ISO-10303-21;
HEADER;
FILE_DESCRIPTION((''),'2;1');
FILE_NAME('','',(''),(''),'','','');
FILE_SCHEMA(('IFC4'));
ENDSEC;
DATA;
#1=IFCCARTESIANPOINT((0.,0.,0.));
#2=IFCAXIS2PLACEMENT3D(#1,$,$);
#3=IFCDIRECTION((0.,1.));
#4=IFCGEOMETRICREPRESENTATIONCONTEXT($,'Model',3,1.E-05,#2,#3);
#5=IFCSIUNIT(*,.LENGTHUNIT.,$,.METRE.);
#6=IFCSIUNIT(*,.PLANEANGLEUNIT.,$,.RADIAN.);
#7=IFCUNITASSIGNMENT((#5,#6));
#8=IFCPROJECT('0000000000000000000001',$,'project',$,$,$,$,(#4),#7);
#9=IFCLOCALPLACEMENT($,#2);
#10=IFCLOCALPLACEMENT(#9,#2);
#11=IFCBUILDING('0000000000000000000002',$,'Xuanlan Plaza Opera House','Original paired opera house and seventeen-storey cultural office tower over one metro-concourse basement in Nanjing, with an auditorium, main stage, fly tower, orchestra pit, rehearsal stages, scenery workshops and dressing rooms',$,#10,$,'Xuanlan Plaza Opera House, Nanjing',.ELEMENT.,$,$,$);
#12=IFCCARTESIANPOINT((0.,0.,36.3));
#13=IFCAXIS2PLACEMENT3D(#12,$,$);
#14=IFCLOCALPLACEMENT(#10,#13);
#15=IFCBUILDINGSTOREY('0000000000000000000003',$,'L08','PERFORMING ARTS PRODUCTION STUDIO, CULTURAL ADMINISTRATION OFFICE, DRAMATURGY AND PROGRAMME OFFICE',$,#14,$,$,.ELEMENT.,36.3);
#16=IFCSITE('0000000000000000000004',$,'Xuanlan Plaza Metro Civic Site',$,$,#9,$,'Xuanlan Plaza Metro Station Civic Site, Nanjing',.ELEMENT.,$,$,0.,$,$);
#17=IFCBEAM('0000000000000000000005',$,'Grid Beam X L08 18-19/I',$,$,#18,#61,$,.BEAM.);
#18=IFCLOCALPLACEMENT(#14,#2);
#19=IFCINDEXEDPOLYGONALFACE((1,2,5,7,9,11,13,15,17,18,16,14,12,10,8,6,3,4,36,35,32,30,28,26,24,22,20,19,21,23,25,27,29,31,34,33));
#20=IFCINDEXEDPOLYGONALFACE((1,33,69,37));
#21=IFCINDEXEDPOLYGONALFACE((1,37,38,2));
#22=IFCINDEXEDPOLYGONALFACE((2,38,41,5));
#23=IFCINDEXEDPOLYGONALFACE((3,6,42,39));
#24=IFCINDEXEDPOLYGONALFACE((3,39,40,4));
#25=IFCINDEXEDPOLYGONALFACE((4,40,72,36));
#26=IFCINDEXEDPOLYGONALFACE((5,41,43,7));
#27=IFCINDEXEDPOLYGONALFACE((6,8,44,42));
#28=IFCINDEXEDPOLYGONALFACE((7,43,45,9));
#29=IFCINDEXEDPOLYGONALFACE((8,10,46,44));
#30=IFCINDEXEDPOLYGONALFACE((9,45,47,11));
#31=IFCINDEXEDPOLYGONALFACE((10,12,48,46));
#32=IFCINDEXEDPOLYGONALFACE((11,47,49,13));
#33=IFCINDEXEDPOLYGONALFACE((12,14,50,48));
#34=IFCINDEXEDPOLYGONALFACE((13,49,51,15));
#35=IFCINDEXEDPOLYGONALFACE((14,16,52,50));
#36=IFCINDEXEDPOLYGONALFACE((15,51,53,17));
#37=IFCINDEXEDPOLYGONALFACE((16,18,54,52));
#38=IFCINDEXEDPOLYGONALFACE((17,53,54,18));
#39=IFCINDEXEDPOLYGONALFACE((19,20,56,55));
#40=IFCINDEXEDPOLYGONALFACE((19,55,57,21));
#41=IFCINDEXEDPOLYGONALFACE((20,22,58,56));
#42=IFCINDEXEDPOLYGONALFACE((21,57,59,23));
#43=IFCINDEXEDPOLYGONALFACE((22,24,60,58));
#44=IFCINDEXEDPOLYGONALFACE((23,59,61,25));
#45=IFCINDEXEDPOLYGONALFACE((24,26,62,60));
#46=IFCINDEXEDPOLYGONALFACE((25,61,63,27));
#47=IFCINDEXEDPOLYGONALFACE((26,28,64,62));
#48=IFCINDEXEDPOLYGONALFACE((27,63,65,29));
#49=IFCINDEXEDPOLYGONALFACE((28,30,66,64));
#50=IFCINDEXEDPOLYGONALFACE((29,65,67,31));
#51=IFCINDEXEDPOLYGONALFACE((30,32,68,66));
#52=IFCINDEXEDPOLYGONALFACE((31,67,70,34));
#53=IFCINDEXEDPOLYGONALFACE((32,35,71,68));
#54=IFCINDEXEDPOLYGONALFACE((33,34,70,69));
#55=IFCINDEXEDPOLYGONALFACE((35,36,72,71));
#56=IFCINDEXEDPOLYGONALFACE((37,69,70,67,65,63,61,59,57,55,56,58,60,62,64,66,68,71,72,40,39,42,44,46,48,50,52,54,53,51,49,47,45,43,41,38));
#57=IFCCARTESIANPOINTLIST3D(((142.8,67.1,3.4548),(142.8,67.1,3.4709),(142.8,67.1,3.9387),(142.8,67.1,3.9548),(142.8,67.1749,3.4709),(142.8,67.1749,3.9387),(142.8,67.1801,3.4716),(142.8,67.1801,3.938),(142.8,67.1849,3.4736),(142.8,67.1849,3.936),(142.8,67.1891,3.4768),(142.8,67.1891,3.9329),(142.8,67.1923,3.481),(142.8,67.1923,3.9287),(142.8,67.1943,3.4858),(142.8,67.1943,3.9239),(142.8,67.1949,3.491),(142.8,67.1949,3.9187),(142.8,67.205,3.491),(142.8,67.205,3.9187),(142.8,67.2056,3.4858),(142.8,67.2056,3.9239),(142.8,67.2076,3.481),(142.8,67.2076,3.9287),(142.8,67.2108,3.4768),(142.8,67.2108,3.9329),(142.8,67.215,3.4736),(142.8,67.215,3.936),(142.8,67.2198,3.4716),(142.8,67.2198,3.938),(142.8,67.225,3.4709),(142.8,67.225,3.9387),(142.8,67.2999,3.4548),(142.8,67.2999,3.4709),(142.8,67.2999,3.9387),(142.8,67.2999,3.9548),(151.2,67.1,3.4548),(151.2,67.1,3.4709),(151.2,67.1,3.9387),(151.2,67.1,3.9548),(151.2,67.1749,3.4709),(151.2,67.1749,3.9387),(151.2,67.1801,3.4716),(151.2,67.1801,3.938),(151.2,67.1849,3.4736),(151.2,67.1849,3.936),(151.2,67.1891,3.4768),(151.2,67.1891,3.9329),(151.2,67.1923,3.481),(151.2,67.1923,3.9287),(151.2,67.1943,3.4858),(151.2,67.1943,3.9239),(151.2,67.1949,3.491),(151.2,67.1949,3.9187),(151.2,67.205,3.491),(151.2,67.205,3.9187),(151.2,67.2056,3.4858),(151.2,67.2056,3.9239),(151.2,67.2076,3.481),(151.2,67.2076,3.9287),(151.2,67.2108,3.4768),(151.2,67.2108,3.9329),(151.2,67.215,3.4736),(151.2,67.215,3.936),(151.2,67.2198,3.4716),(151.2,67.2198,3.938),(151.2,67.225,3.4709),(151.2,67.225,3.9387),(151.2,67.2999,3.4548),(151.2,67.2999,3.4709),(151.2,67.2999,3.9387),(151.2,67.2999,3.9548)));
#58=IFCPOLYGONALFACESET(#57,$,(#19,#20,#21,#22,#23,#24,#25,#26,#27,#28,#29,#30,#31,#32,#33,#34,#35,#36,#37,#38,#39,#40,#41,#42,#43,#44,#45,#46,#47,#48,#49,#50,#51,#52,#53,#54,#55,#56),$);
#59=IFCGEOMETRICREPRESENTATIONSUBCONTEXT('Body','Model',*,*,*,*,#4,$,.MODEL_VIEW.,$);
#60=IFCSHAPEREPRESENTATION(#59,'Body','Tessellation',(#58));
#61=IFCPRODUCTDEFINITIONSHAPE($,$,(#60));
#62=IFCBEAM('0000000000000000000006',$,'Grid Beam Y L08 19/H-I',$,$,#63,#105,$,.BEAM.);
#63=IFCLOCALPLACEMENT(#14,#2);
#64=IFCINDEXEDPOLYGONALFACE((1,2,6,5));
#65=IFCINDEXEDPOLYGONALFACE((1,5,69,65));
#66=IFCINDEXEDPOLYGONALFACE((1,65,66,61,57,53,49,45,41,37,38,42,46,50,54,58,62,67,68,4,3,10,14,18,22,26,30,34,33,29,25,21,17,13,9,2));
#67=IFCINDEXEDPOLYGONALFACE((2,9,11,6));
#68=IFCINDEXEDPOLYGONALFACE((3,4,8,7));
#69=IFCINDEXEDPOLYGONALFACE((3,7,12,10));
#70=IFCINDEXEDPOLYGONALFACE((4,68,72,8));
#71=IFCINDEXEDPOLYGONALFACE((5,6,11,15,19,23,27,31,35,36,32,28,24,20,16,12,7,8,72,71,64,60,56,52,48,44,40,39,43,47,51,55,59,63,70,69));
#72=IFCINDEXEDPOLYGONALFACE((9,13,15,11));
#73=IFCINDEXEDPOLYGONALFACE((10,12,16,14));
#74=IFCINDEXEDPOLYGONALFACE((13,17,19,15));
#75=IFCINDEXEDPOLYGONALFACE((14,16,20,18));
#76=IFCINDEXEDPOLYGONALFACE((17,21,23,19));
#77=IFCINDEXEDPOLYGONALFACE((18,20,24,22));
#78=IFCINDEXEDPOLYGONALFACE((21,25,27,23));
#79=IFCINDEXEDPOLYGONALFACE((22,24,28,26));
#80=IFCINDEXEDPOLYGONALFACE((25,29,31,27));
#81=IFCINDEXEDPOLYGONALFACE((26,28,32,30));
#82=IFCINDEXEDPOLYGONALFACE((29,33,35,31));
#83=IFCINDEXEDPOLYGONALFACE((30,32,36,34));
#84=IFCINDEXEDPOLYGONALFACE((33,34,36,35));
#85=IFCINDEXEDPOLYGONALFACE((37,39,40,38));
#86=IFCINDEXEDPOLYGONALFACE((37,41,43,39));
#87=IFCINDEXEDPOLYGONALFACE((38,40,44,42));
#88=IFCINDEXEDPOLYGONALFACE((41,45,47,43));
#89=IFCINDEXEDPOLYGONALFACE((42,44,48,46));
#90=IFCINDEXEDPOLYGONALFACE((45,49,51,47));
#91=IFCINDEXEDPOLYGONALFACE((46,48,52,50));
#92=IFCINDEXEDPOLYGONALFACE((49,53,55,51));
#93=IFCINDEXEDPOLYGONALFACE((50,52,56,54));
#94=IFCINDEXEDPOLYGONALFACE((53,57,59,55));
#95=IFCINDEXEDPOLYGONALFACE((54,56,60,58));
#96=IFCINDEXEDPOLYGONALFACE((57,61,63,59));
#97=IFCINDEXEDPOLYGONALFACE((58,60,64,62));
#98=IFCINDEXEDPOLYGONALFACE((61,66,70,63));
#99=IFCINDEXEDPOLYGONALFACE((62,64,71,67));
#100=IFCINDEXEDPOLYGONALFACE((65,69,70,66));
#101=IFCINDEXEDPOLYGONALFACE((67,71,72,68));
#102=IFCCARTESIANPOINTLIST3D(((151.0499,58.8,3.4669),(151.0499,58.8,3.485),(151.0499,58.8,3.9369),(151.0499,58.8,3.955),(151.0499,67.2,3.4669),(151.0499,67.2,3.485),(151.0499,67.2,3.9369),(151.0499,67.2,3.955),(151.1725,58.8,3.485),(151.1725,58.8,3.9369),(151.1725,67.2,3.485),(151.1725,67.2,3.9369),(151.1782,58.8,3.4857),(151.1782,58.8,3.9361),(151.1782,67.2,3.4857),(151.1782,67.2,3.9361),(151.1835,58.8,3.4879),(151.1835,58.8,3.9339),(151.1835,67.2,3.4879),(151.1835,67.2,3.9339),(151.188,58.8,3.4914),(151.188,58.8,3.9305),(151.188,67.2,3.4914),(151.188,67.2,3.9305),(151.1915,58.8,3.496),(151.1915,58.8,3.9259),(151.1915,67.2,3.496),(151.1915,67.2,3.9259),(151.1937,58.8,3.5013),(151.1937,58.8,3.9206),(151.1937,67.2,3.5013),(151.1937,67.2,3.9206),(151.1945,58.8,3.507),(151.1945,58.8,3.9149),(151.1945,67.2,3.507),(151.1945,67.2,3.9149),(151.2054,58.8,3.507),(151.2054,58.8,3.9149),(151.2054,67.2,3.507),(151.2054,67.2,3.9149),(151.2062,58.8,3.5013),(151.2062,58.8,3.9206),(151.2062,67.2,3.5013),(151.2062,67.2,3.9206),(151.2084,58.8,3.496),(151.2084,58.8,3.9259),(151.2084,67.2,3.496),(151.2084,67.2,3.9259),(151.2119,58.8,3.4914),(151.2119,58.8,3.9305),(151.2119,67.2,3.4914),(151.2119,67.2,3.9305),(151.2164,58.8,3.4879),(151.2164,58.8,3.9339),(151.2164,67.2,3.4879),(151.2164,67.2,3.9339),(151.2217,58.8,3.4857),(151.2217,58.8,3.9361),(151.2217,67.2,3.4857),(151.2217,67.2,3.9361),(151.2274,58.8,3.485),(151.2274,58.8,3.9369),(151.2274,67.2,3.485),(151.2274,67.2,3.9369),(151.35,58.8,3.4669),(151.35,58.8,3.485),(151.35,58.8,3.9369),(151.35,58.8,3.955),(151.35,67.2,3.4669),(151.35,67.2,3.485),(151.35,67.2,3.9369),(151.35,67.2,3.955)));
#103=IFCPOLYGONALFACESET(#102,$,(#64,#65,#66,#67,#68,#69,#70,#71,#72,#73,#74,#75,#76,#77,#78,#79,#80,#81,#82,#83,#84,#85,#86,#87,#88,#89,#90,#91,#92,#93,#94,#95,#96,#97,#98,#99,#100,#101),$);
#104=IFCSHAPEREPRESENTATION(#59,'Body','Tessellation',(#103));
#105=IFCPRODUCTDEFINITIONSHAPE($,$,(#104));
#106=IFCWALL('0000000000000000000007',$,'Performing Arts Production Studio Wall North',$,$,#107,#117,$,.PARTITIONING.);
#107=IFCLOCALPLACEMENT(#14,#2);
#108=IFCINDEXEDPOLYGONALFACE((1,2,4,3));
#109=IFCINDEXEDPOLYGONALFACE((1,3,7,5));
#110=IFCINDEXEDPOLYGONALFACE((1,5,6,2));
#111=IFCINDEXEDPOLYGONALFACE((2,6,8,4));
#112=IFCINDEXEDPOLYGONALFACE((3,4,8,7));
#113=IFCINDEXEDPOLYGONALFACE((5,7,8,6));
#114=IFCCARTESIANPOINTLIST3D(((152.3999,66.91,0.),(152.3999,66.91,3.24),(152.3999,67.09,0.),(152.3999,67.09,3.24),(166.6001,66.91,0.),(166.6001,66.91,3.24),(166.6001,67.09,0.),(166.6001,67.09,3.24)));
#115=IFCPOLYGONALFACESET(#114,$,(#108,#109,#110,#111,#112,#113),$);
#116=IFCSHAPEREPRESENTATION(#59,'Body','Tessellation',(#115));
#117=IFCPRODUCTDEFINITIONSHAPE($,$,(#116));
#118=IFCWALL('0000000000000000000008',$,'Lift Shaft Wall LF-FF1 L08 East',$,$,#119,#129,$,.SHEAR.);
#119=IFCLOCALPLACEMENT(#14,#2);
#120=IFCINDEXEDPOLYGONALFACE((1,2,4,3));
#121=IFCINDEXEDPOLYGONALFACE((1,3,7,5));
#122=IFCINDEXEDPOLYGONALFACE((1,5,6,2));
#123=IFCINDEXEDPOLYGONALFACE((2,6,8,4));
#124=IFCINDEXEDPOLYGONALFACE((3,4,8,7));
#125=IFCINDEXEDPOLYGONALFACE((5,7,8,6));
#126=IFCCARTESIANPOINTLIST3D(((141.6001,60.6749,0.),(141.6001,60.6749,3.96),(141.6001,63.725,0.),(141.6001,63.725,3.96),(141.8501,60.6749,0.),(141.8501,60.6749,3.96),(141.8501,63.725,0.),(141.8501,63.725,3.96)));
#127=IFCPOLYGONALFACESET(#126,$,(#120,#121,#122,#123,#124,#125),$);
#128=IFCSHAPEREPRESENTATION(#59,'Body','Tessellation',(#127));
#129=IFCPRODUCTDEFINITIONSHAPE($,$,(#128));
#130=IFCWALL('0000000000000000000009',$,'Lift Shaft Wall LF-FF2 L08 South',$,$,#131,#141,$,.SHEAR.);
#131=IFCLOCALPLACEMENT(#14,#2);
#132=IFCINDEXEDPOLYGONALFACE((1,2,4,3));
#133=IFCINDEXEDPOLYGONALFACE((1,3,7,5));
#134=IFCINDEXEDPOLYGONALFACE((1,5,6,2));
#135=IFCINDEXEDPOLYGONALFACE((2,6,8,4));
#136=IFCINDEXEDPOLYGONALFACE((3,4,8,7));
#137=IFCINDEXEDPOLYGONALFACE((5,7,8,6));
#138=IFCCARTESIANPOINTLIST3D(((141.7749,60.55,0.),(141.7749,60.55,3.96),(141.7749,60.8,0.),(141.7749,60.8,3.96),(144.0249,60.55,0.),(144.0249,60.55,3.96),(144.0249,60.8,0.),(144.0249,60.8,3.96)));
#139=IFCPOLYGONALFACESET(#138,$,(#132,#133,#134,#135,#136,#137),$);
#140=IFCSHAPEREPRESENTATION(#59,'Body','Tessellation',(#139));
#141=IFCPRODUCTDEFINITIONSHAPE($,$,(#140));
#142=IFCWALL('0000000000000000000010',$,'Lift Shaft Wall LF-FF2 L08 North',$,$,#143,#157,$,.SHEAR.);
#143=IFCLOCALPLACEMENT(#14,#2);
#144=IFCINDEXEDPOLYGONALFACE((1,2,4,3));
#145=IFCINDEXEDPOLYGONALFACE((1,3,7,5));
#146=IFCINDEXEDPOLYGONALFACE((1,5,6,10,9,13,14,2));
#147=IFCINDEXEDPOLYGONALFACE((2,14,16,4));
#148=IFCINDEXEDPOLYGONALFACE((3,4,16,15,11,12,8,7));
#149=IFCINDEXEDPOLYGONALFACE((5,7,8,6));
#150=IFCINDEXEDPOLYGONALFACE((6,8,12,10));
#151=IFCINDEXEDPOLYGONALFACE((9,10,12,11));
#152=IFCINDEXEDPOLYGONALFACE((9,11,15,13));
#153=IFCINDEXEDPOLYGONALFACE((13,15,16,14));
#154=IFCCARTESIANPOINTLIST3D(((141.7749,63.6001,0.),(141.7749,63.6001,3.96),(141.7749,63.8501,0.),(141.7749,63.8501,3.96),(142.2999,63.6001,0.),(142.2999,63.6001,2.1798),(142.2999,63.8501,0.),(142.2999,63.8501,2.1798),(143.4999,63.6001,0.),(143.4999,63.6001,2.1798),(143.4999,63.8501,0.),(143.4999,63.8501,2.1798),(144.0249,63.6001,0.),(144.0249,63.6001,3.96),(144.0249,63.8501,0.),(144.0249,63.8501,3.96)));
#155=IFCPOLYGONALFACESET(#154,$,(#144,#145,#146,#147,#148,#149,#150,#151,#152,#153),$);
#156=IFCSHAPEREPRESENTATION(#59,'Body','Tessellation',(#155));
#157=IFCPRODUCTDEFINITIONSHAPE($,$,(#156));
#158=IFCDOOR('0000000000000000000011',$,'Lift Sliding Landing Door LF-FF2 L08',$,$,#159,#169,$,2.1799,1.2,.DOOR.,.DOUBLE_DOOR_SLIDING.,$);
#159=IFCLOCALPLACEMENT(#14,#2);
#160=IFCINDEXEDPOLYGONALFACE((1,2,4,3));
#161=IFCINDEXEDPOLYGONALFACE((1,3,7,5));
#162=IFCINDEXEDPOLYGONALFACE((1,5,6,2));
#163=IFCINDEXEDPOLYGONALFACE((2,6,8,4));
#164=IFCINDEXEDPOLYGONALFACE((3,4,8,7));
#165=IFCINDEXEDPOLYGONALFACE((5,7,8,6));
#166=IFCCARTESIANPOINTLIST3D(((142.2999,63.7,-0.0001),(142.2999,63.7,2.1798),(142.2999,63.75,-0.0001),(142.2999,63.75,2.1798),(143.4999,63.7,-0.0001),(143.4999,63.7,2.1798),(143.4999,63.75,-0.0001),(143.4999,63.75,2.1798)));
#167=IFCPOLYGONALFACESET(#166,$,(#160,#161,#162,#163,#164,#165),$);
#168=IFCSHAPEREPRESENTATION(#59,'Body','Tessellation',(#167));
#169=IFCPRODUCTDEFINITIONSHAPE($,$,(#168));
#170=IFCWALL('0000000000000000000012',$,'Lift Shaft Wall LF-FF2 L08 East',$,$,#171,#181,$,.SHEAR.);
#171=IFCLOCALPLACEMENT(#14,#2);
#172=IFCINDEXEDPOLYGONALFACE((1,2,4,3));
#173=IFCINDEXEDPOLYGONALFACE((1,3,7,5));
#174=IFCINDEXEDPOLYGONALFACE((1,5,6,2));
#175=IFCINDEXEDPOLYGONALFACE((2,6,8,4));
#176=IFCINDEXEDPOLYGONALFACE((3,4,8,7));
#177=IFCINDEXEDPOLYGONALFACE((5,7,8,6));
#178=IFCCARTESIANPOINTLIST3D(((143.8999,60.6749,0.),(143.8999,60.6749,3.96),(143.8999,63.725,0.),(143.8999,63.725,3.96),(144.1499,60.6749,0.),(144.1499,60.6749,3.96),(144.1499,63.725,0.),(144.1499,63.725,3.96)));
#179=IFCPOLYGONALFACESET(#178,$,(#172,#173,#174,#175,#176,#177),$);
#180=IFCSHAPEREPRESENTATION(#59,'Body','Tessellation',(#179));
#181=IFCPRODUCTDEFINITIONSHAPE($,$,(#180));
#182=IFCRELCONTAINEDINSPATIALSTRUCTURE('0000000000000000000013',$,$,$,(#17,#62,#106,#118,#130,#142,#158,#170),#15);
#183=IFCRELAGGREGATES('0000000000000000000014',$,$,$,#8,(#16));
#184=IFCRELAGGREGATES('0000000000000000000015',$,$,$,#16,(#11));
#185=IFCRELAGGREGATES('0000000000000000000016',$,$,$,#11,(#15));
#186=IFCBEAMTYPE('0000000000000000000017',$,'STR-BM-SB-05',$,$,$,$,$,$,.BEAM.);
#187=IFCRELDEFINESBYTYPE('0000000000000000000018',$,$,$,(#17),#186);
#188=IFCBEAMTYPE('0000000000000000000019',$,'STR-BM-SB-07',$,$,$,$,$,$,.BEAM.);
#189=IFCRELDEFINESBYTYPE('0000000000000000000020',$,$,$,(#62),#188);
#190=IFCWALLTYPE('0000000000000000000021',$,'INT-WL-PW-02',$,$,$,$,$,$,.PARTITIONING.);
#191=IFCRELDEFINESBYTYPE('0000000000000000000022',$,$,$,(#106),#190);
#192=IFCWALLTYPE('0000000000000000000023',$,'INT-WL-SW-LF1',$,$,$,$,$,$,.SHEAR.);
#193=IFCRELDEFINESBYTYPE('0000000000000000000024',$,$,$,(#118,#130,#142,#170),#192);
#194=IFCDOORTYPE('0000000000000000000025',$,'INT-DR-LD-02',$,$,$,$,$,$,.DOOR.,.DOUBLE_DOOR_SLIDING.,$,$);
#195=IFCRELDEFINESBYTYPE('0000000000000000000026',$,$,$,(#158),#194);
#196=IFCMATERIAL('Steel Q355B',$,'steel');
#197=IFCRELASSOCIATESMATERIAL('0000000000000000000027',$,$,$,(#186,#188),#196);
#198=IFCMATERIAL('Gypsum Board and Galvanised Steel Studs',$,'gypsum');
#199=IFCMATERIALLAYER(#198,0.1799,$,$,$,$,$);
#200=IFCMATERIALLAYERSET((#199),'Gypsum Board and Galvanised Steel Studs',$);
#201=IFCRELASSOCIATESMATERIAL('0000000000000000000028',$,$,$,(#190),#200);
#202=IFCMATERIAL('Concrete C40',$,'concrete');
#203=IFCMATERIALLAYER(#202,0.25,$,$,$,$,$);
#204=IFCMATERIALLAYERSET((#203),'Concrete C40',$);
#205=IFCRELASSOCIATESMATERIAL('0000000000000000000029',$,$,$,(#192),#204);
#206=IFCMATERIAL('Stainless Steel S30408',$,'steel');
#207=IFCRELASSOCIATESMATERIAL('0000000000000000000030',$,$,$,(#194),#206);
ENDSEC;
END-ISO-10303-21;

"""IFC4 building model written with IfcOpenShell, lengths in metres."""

from ifc_helpers import new_model, si_unit, direction, frame, frame_2d, origin, origin_2d, place, context, subcontext, project, spatial, rectangle, i_section, extrude, material, layer, layer_set, material_profile, profile_set, type_object, element, fill, save


model = new_model("IFC4")

# Units and contexts
model_context = context("Model", 3, precision=1e-05, world=origin(), true_north=direction((0.0, 1.0)))
body_context = subcontext(model_context, "Body", "Model", "MODEL_VIEW")
ifc_project = project(units=[si_unit("LENGTHUNIT", "METRE"), si_unit("PLANEANGLEUNIT", "RADIAN")], contexts=[model_context])

# Site, building, storey
site_placement = place(None, origin())
site = spatial("IfcSite", under=ifc_project, at=site_placement, Name="Xuanlan Plaza Metro Civic Site", LongName="Xuanlan Plaza Metro Station Civic Site, Nanjing", CompositionType="ELEMENT", RefElevation=0.0)
building_placement = place(site_placement, origin())
building = spatial("IfcBuilding", under=site, at=building_placement, Name="Xuanlan Plaza Opera House", Description="Original paired opera house and seventeen-storey cultural office tower over one metro-concourse basement in Nanjing, with an auditorium, main stage, fly tower, orchestra pit, rehearsal stages, scenery workshops and dressing rooms", LongName="Xuanlan Plaza Opera House, Nanjing", CompositionType="ELEMENT")
storey_placement = place(building_placement, frame((0.0, 0.0, 36.3)))
storey = spatial("IfcBuildingStorey", under=building, at=storey_placement, Name="L08", Description="PERFORMING ARTS PRODUCTION STUDIO, CULTURAL ADMINISTRATION OFFICE, DRAMATURGY AND PROGRAMME OFFICE", CompositionType="ELEMENT", Elevation=36.3)

# Shared definitions
ifc_material_1 = material(Name="Steel Q355B", Category="steel")

# Beams
ifc_material_2 = material(Name="Concrete C40", Category="concrete")
ifc_material_profile_1 = material_profile(ifc_material_1, i_section(OverallWidth=0.2, OverallDepth=0.5, WebThickness=0.01, FlangeThickness=0.0161, FilletRadius=0.02, at=origin_2d()), Name="HN 500x200x10x16")
ifc_profile_set_1 = profile_set([ifc_material_profile_1], Name="Steel Q355B")
beam_type_1 = type_object("IfcBeamType", Name="STR-BM-SB-05", PredefinedType="BEAM", material=ifc_profile_set_1)
beam_1_placement = place(storey_placement, frame((142.8, 67.2, 3.7048), z_axis=(1.0, 0.0, 0.0), x_axis=(0.0, 1.0, 0.0)))
element("IfcBeam", 1, at=beam_1_placement, inside=storey, type_object=beam_type_1, Name="Grid Beam X L08 18-19/I", PredefinedType="BEAM", context=body_context, shape_type="SweptSolid", body=[
    extrude(i_section(OverallWidth=0.2, OverallDepth=0.5, WebThickness=0.01, FlangeThickness=0.0161, FilletRadius=0.02, at=origin_2d()), origin(), (0.0, 0.0, 1.0), 8.3999),
])
ifc_material_profile_2 = material_profile(ifc_material_1, i_section(OverallWidth=0.3, OverallDepth=0.488, WebThickness=0.011, FlangeThickness=0.0181, FilletRadius=0.022, at=origin_2d()), Name="HM 488x300x11x18")
ifc_profile_set_2 = profile_set([ifc_material_profile_2], Name="Steel Q355B")
beam_type_2 = type_object("IfcBeamType", Name="STR-BM-SB-07", PredefinedType="BEAM", material=ifc_profile_set_2)
beam_2_placement = place(storey_placement, frame((151.2, 58.8, 3.7109), z_axis=(0.0, 1.0, 0.0), x_axis=(-1.0, 0.0, 0.0)))
element("IfcBeam", 2, at=beam_2_placement, inside=storey, type_object=beam_type_2, Name="Grid Beam Y L08 19/H-I", PredefinedType="BEAM", context=body_context, shape_type="SweptSolid", body=[
    extrude(i_section(OverallWidth=0.3, OverallDepth=0.488, WebThickness=0.011, FlangeThickness=0.0181, FilletRadius=0.022, at=origin_2d()), origin(), (0.0, 0.0, 1.0), 8.3999),
])

# Walls
ifc_material_3 = material(Name="Gypsum Board and Galvanised Steel Studs", Category="gypsum")
ifc_layer_1 = layer(ifc_material_3, 0.1799)
ifc_layer_set_1 = layer_set([ifc_layer_1], Name="Gypsum Board and Galvanised Steel Studs")
wall_type_1 = type_object("IfcWallType", Name="INT-WL-PW-02", PredefinedType="PARTITIONING", material=ifc_layer_set_1)
wall_1_placement = place(storey_placement, frame((152.3999, 67.0, 0.0), z_axis=(0.0, 0.0, 1.0), x_axis=(1.0, 0.0, 0.0)))
element("IfcWall", 3, at=wall_1_placement, inside=storey, type_object=wall_type_1, Name="Performing Arts Production Studio Wall North", PredefinedType="PARTITIONING", context=body_context, shape_type="SweptSolid", body=[
    extrude(rectangle(XDim=14.2002, YDim=0.1799, at=frame_2d((7.1001, 0.0))), origin(), (0.0, 0.0, 1.0), 3.24),
])
ifc_layer_2 = layer(ifc_material_2, 0.25)
ifc_layer_set_2 = layer_set([ifc_layer_2], Name="Concrete C40")
wall_type_2 = type_object("IfcWallType", Name="INT-WL-SW-LF1", PredefinedType="SHEAR", material=ifc_layer_set_2)
wall_2_placement = place(storey_placement, frame((141.7251, 60.675, 0.0), z_axis=(0.0, 0.0, 1.0), x_axis=(0.0, 1.0, 0.0)))
element("IfcWall", 4, at=wall_2_placement, inside=storey, type_object=wall_type_2, Name="Lift Shaft Wall LF-FF1 L08 East", PredefinedType="SHEAR", context=body_context, shape_type="SweptSolid", body=[
    extrude(rectangle(XDim=3.05, YDim=0.25, at=frame_2d((1.5249, 0.0))), origin(), (0.0, 0.0, 1.0), 3.96),
])
wall_3_placement = place(storey_placement, frame((141.7749, 60.675, 0.0), z_axis=(0.0, 0.0, 1.0), x_axis=(1.0, 0.0, 0.0)))
element("IfcWall", 5, at=wall_3_placement, inside=storey, type_object=wall_type_2, Name="Lift Shaft Wall LF-FF2 L08 South", PredefinedType="SHEAR", context=body_context, shape_type="SweptSolid", body=[
    extrude(rectangle(XDim=2.25, YDim=0.25, at=frame_2d((1.125, 0.0))), origin(), (0.0, 0.0, 1.0), 3.96),
])

# Wall, opening, door
wall_4_placement = place(storey_placement, frame((141.7749, 63.7251, 0.0), z_axis=(0.0, 0.0, 1.0), x_axis=(1.0, 0.0, 0.0)))
wall_4 = element("IfcWall", 6, at=wall_4_placement, inside=storey, type_object=wall_type_2, Name="Lift Shaft Wall LF-FF2 L08 North", PredefinedType="SHEAR", context=body_context, shape_type="SweptSolid", body=[
    extrude(rectangle(XDim=2.25, YDim=0.25, at=frame_2d((1.125, 0.0))), origin(), (0.0, 0.0, 1.0), 3.96),
])
opening_1_placement = place(wall_4_placement, frame((0.5249, 0.0, 0.0)))
opening_1 = element("IfcOpeningElement", 7, at=opening_1_placement, cuts=wall_4, PredefinedType="OPENING", context=body_context, shape_type="SweptSolid", body=[
    extrude(rectangle(XDim=1.2, YDim=2.1799, at=frame_2d((0.6001, 1.0898))), frame((0.0, 0.135, 0.0), z_axis=(0.0, -1.0, 0.0), x_axis=(1.0, 0.0, 0.0)), (0.0, 0.0, 1.0), 0.27),
])
ifc_material_4 = material(Name="Stainless Steel S30408", Category="steel")
door_type = type_object("IfcDoorType", Name="INT-DR-LD-02", OperationType="DOUBLE_DOOR_SLIDING", PredefinedType="DOOR", material=ifc_material_4)
door_1_placement = place(opening_1_placement, origin())
door_1 = element("IfcDoor", 8, at=door_1_placement, inside=storey, type_object=door_type, Name="Lift Sliding Landing Door LF-FF2 L08", OperationType="DOUBLE_DOOR_SLIDING", OverallHeight=2.1799, OverallWidth=1.2, PredefinedType="DOOR", context=body_context, shape_type="SweptSolid", body=[
    extrude(rectangle(XDim=1.2, YDim=2.1799, at=frame_2d((0.6001, 1.0898))), frame((0.0, 0.0249, 0.0), z_axis=(0.0, -1.0, 0.0), x_axis=(1.0, 0.0, 0.0)), (0.0, 0.0, 1.0), 0.05),
])
fill(opening_1, door_1)

# Wall
wall_5_placement = place(storey_placement, frame((144.0249, 60.675, 0.0), z_axis=(0.0, 0.0, 1.0), x_axis=(0.0, 1.0, 0.0)))
element("IfcWall", 9, at=wall_5_placement, inside=storey, type_object=wall_type_2, Name="Lift Shaft Wall LF-FF2 L08 East", PredefinedType="SHEAR", context=body_context, shape_type="SweptSolid", body=[
    extrude(rectangle(XDim=3.05, YDim=0.25, at=frame_2d((1.5249, 0.0))), origin(), (0.0, 0.0, 1.0), 3.96),
])

save(model, "model.ifc")
